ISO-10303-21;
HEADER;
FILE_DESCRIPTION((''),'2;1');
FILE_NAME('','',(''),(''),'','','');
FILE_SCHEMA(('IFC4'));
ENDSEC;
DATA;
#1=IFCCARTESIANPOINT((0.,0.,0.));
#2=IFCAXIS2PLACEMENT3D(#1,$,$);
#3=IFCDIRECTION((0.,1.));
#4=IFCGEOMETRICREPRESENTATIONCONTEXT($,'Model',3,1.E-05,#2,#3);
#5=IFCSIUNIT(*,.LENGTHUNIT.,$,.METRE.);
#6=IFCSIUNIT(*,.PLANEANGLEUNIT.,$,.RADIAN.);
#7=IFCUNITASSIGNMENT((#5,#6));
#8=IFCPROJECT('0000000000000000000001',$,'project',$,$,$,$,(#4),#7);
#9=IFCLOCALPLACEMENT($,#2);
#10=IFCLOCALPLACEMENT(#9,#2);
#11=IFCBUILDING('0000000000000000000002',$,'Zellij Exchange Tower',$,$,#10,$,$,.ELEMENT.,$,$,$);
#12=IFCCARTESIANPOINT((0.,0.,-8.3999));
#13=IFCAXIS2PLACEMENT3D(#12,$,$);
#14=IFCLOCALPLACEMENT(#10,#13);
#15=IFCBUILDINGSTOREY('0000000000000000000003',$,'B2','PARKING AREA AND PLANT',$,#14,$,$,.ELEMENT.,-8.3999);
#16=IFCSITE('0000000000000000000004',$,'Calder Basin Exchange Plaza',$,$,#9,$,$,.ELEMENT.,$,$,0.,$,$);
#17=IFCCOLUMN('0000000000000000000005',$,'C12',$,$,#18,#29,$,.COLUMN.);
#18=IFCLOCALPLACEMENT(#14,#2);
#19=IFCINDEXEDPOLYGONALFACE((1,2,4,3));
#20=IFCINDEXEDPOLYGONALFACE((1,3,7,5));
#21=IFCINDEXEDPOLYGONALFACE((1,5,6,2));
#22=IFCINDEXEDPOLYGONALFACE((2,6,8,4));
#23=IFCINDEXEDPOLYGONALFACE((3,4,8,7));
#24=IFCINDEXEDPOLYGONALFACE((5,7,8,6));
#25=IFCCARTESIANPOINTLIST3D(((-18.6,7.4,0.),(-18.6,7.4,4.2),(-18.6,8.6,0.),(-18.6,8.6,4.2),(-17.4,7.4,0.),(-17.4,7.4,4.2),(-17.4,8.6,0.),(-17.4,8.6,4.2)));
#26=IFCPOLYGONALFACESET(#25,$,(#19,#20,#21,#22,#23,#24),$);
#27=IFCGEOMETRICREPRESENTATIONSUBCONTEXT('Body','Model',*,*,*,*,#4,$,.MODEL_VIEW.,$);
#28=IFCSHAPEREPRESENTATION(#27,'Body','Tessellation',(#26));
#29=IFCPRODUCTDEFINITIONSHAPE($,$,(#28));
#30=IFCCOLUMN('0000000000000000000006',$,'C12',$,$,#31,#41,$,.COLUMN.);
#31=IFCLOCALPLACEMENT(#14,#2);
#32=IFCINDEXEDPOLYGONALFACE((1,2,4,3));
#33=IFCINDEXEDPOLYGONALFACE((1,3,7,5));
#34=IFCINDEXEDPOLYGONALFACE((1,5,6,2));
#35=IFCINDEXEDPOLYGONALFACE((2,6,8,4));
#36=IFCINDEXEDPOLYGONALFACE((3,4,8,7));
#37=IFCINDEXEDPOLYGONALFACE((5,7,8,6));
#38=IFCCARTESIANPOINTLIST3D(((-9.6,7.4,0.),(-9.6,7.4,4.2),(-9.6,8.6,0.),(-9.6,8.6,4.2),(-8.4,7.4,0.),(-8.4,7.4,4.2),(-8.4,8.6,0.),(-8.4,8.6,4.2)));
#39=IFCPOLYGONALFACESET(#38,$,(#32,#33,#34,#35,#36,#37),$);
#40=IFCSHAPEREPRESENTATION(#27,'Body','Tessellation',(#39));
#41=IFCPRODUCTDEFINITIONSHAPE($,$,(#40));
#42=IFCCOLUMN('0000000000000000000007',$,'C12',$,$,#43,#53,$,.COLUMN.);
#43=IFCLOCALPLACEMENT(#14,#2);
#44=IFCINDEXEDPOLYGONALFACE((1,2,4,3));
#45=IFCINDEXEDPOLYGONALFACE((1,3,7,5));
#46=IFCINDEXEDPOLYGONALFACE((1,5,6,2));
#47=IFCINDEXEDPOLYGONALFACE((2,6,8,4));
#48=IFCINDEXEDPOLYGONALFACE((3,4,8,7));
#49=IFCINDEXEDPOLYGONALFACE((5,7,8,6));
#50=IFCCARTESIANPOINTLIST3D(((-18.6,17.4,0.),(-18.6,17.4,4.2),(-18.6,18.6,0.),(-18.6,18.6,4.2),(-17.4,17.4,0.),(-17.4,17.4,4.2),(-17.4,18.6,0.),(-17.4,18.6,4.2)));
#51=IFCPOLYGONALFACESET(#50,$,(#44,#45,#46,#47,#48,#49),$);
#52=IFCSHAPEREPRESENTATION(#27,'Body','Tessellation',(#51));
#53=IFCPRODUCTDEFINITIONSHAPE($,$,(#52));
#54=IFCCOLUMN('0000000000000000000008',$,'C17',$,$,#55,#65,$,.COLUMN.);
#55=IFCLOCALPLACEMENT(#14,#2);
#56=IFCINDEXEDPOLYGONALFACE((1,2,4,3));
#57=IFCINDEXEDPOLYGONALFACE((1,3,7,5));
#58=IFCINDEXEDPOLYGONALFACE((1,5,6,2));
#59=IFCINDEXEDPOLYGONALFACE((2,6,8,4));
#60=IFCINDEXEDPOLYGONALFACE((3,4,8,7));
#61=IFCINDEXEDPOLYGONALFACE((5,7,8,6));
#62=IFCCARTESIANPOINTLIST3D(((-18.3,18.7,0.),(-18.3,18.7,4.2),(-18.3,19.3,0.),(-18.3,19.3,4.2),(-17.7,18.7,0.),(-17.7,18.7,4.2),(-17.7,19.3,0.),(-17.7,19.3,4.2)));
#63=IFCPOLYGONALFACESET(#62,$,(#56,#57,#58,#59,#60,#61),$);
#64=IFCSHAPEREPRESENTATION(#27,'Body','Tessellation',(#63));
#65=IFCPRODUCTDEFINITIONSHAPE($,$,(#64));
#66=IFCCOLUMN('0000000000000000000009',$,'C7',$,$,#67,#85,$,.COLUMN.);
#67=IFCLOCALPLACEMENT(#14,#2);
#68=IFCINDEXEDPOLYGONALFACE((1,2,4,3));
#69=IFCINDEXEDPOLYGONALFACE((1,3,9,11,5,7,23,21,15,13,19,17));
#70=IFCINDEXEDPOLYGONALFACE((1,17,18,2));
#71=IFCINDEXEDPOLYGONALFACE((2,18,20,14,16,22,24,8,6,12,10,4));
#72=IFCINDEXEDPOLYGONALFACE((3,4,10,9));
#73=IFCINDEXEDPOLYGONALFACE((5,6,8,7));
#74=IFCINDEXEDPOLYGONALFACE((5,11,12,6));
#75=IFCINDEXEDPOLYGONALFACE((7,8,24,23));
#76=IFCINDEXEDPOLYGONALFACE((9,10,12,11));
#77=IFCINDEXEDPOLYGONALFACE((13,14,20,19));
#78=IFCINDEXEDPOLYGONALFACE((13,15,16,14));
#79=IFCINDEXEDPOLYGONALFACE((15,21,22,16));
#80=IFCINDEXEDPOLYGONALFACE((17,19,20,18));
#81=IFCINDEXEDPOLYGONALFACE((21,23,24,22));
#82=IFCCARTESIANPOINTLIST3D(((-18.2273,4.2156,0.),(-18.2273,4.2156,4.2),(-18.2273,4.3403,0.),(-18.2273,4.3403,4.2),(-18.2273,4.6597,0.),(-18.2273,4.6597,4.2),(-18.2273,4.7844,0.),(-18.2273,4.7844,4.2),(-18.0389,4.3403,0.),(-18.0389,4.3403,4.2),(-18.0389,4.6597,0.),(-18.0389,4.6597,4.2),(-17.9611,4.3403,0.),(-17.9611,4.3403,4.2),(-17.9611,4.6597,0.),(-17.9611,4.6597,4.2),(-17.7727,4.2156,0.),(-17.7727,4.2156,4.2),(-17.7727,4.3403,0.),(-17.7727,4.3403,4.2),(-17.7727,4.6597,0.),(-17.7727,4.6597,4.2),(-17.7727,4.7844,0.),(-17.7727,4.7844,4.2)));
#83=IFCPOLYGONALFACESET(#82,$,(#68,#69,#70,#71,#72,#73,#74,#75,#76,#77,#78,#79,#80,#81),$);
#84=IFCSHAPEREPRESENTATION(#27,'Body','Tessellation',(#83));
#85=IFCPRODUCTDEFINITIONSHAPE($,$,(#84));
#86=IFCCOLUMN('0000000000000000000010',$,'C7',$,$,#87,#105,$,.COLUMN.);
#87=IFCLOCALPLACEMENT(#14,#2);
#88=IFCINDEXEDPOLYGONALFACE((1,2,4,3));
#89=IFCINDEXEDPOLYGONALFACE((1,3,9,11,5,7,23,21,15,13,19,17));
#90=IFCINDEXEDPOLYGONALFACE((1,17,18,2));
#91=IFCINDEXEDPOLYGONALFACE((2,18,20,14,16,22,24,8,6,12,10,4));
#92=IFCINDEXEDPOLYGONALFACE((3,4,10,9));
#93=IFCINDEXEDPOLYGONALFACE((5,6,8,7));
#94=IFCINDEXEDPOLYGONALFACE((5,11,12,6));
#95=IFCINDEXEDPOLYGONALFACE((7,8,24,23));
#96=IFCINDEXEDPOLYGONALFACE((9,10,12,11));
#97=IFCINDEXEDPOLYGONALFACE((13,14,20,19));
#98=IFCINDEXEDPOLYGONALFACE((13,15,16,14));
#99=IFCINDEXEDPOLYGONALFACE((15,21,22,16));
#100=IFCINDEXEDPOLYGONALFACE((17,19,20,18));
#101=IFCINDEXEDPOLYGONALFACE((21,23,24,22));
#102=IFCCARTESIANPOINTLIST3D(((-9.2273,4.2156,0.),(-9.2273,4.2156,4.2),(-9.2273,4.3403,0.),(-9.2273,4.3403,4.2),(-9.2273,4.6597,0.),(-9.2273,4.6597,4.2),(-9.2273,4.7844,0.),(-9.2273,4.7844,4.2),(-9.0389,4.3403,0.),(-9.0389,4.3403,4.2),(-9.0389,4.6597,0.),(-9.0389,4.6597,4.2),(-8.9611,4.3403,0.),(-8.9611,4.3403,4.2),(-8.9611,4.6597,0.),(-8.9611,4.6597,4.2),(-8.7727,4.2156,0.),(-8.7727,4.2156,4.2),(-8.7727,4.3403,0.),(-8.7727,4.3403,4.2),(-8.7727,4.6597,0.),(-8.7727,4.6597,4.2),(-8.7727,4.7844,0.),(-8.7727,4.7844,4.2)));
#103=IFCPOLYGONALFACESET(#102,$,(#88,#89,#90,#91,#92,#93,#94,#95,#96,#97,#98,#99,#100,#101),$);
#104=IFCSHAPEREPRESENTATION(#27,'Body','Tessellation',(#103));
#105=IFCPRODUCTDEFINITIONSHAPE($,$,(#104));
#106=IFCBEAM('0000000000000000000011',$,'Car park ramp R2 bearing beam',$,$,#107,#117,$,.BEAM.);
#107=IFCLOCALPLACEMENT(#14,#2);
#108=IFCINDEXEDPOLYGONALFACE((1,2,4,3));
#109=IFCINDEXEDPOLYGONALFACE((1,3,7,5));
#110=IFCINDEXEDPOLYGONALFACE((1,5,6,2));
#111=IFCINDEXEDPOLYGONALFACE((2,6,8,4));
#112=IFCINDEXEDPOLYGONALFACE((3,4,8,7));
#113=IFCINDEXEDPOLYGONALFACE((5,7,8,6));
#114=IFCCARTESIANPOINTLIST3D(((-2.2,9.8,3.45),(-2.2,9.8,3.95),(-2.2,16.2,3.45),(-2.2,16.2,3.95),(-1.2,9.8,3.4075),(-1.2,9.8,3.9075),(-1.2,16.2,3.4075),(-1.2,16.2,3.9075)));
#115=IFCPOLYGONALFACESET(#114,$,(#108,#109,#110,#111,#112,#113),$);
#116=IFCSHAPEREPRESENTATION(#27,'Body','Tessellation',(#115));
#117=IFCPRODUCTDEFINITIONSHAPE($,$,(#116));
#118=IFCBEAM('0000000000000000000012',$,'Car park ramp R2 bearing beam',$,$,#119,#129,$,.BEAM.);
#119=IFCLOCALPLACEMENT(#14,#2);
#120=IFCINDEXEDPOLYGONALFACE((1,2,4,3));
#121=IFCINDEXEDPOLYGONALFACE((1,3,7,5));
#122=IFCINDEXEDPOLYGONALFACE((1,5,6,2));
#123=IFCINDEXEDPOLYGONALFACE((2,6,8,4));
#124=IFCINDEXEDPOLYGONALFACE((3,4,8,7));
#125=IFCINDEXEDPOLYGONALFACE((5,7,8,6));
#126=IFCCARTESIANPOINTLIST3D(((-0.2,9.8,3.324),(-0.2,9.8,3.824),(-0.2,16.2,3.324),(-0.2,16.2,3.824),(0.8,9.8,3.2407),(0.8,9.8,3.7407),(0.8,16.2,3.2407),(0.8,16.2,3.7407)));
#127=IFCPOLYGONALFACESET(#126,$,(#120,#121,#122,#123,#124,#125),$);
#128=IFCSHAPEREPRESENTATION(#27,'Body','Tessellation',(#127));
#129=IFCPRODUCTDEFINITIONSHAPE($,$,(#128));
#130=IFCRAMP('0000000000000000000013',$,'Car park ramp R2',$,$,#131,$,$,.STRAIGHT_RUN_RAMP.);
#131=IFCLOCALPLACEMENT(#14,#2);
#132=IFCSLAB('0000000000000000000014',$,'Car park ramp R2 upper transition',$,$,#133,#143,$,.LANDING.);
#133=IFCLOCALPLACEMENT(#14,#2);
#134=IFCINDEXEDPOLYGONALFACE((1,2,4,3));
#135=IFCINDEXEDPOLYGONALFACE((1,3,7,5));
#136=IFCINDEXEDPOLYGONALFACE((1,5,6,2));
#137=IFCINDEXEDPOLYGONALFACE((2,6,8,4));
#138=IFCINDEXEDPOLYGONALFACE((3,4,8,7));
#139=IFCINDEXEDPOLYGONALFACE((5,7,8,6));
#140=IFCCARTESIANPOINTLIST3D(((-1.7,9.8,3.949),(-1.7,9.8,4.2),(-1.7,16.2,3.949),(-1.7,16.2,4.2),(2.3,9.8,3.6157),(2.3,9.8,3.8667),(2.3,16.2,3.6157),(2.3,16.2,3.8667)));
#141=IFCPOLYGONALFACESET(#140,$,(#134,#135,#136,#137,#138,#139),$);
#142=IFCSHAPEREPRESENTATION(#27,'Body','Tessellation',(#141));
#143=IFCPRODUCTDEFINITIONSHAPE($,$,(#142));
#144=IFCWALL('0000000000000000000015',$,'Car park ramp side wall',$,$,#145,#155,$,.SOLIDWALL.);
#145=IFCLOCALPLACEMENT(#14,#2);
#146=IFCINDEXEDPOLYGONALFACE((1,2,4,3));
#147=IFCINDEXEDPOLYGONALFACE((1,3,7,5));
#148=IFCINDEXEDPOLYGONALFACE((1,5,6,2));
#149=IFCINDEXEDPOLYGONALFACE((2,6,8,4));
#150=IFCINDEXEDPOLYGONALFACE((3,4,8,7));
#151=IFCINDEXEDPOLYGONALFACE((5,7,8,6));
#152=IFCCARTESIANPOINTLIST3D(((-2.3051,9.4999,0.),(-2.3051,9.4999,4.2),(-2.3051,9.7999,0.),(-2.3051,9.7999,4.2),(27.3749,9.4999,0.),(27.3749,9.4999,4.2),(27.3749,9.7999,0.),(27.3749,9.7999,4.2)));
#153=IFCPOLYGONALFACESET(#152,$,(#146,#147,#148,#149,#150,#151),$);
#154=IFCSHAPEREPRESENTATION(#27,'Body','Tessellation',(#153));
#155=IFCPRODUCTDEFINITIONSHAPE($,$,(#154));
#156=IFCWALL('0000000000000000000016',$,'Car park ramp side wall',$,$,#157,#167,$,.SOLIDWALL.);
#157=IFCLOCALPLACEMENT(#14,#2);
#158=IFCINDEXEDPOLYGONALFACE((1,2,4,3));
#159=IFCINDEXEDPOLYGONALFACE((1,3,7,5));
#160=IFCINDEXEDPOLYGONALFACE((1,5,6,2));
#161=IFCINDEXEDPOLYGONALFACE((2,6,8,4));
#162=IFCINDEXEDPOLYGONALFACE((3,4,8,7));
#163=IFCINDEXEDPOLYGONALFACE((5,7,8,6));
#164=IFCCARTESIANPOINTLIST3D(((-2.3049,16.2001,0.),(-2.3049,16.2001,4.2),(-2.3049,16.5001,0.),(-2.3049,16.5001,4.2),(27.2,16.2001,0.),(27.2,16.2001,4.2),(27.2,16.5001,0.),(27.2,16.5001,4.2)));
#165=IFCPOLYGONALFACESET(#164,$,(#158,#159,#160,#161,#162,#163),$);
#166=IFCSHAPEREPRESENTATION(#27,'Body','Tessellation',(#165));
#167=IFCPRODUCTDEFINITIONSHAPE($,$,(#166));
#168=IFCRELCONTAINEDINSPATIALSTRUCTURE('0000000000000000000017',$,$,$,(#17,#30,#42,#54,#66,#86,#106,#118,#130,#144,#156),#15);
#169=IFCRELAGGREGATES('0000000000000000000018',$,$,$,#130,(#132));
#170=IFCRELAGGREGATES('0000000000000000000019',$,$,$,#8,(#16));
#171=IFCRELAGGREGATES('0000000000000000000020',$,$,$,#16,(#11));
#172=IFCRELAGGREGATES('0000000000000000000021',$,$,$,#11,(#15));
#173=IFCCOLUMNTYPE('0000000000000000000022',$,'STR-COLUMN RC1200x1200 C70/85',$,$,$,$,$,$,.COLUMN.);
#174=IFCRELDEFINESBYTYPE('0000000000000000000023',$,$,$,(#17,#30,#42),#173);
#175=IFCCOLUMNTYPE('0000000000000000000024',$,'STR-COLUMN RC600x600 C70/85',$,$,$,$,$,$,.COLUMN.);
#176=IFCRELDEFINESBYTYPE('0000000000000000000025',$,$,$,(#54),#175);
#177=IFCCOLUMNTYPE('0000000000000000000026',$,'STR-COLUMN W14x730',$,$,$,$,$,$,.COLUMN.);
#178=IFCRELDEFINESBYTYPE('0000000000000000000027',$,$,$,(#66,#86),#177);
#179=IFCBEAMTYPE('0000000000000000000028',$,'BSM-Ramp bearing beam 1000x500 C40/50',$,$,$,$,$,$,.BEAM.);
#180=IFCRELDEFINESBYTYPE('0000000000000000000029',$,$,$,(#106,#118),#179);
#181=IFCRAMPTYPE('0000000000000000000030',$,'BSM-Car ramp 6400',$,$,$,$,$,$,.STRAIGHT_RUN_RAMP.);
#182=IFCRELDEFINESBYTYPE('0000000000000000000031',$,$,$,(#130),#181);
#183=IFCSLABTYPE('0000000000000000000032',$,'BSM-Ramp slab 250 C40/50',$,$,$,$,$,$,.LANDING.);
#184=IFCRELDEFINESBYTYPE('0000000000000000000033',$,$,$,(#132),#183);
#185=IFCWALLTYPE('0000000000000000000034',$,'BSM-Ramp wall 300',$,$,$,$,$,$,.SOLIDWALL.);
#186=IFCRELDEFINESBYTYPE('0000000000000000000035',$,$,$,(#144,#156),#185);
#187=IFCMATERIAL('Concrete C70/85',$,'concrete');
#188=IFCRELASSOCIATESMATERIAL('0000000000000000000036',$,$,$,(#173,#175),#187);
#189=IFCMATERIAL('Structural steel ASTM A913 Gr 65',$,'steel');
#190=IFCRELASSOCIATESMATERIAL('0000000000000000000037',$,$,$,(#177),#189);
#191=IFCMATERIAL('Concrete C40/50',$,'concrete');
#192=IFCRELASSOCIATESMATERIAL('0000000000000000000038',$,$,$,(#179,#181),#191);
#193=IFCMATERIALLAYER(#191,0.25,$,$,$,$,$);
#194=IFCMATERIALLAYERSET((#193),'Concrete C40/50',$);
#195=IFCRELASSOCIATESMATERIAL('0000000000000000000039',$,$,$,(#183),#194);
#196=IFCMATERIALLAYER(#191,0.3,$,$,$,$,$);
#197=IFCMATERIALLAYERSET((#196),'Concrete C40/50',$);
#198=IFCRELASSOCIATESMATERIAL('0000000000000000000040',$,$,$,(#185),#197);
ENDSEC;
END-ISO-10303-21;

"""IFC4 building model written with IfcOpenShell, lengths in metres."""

from ifc_helpers import new_model, si_unit, direction, frame, frame_2d, origin, origin_2d, place, context, subcontext, project, spatial, polyline, rectangle, i_section, outline, extrude, material, layer, layer_set, material_profile, profile_set, type_object, element, aggregate, save


model = new_model("IFC4")

# Units and contexts
model_context = context("Model", 3, precision=1e-05, world=origin(), true_north=direction((0.0, 1.0)))
body_context = subcontext(model_context, "Body", "Model", "MODEL_VIEW")
ifc_project = project(units=[si_unit("LENGTHUNIT", "METRE"), si_unit("PLANEANGLEUNIT", "RADIAN")], contexts=[model_context])

# Site, building, storey
site_placement = place(None, origin())
site = spatial("IfcSite", under=ifc_project, at=site_placement, Name="Calder Basin Exchange Plaza", CompositionType="ELEMENT", RefElevation=0.0)
building_placement = place(site_placement, origin())
building = spatial("IfcBuilding", under=site, at=building_placement, Name="Zellij Exchange Tower", CompositionType="ELEMENT")
storey_placement = place(building_placement, frame((0.0, 0.0, -8.3999)))
storey = spatial("IfcBuildingStorey", under=building, at=storey_placement, Name="B2", Description="PARKING AREA AND PLANT", CompositionType="ELEMENT", Elevation=-8.3999)

# Columns
ifc_material_1 = material(Name="Concrete C70/85", Category="concrete")
ifc_material_profile_1 = material_profile(ifc_material_1, rectangle(XDim=1.2, YDim=1.2, at=origin_2d()), Name="STR-COLUMN RC1200x1200 C70/85")
ifc_profile_set_1 = profile_set([ifc_material_profile_1], Name="Concrete C70/85")
column_type_1 = type_object("IfcColumnType", Name="STR-COLUMN RC1200x1200 C70/85", PredefinedType="COLUMN", material=ifc_profile_set_1)
for number, where, z_axis, x_axis, name in (
    (1, (-18.0, 8.0, 0.0), (0.0, 0.0, 1.0), (1.0, 0.0, 0.0), "C12"),
    (2, (-9.0, 8.0, 0.0), (0.0, 0.0, 1.0), (1.0, 0.0, 0.0), "C12"),
    (3, (-18.0, 18.0, 0.0), (0.0, 0.0, 1.0), (1.0, 0.0, 0.0), "C12"),
):
    element("IfcColumn", number, at=place(storey_placement, frame(where, z_axis=z_axis, x_axis=x_axis)), inside=storey, type_object=column_type_1, Name=name, PredefinedType="COLUMN", context=body_context, shape_type="SweptSolid", body=[
        extrude(rectangle(XDim=1.2, YDim=1.2, at=origin_2d()), origin(), (0.0, 0.0, 1.0), 4.2),
    ])
ifc_material_profile_2 = material_profile(ifc_material_1, rectangle(XDim=0.6001, YDim=0.6001, at=origin_2d()), Name="STR-COLUMN RC600x600 C70/85")
ifc_profile_set_2 = profile_set([ifc_material_profile_2], Name="Concrete C70/85")
column_type_2 = type_object("IfcColumnType", Name="STR-COLUMN RC600x600 C70/85", PredefinedType="COLUMN", material=ifc_profile_set_2)
column_placement = place(storey_placement, frame((-18.0, 19.0, 0.0), z_axis=(0.0, 0.0, 1.0), x_axis=(1.0, 0.0, 0.0)))
element("IfcColumn", 4, at=column_placement, inside=storey, type_object=column_type_2, Name="C17", PredefinedType="COLUMN", context=body_context, shape_type="SweptSolid", body=[
    extrude(rectangle(XDim=0.6001, YDim=0.6001, at=origin_2d()), origin(), (0.0, 0.0, 1.0), 4.2),
])
ifc_material_2 = material(Name="Structural steel ASTM A913 Gr 65", Category="steel")
ifc_material_profile_3 = material_profile(ifc_material_2, i_section(OverallWidth=0.4546, OverallDepth=0.5688, WebThickness=0.0779, FlangeThickness=0.1248, at=origin_2d()), Name="W14x730")
ifc_profile_set_3 = profile_set([ifc_material_profile_3], Name="Structural steel ASTM A913 Gr 65")
column_type_3 = type_object("IfcColumnType", Name="STR-COLUMN W14x730", PredefinedType="COLUMN", material=ifc_profile_set_3)
for number, where, z_axis, x_axis, name in (
    (5, (-18.0, 4.5, 0.0), (0.0, 0.0, 1.0), (1.0, 0.0, 0.0), "C7"),
    (6, (-9.0, 4.5, 0.0), (0.0, 0.0, 1.0), (1.0, 0.0, 0.0), "C7"),
):
    element("IfcColumn", number, at=place(storey_placement, frame(where, z_axis=z_axis, x_axis=x_axis)), inside=storey, type_object=column_type_3, Name=name, PredefinedType="COLUMN", context=body_context, shape_type="SweptSolid", body=[
        extrude(i_section(OverallWidth=0.4546, OverallDepth=0.5688, WebThickness=0.0779, FlangeThickness=0.1248, at=origin_2d()), origin(), (0.0, 0.0, 1.0), 4.2),
    ])

# Beams
ifc_material_3 = material(Name="Concrete C40/50", Category="concrete")
beam_type = type_object("IfcBeamType", Name="BSM-Ramp bearing beam 1000x500 C40/50", PredefinedType="BEAM", material=ifc_material_3)
beam_1_placement = place(storey_placement, frame((-2.2, 9.8, 3.95), z_axis=(0.042442, 0.0, 0.999099), x_axis=(0.999099, 0.0, -0.042442)))
element("IfcBeam", 7, at=beam_1_placement, inside=storey, type_object=beam_type, Name="Car park ramp R2 bearing beam", PredefinedType="BEAM", context=body_context, shape_type="SweptSolid", body=[
    extrude(outline(polyline([(0.0, 0.0), (1.0009, 0.0), (1.0009, 6.3999), (0.0, 6.3999), (0.0, 0.0)])), origin(), (0.042442, 0.0, -0.999099), 0.5),
])
beam_2_placement = place(storey_placement, frame((-0.2, 9.8, 3.824), z_axis=(0.082965, 0.0, 0.996552), x_axis=(0.996552, 0.0, -0.082965)))
element("IfcBeam", 8, at=beam_2_placement, inside=storey, type_object=beam_type, Name="Car park ramp R2 bearing beam", PredefinedType="BEAM", context=body_context, shape_type="SweptSolid", body=[
    extrude(outline(polyline([(0.0, 0.0), (1.0035, 0.0), (1.0035, 6.3999), (0.0, 6.3999), (0.0, 0.0)])), origin(), (0.082965, 0.0, -0.996552), 0.5),
])

# Ramp, slab
ramp_type = type_object("IfcRampType", Name="BSM-Car ramp 6400", PredefinedType="STRAIGHT_RUN_RAMP", material=ifc_material_3)
ramp_placement = place(storey_placement, origin())
ramp = element("IfcRamp", 9, at=ramp_placement, inside=storey, type_object=ramp_type, Name="Car park ramp R2", PredefinedType="STRAIGHT_RUN_RAMP")
ifc_layer_1 = layer(ifc_material_3, 0.25)
ifc_layer_set_1 = layer_set([ifc_layer_1], Name="Concrete C40/50")
slab_type = type_object("IfcSlabType", Name="BSM-Ramp slab 250 C40/50", PredefinedType="LANDING", material=ifc_layer_set_1)
slab_placement = place(storey_placement, frame((-1.7, 9.8, 4.2), z_axis=(0.083025, 0.0, 0.996547), x_axis=(0.996547, 0.0, -0.083025)))
slab = element("IfcSlab", 10, at=slab_placement, type_object=slab_type, Name="Car park ramp R2 upper transition", PredefinedType="LANDING", context=body_context, shape_type="SweptSolid", body=[
    extrude(outline(polyline([(0.0, 0.0), (4.0139, 0.0), (4.0139, 6.3999), (0.0, 6.3999), (0.0, 0.0)])), origin(), (0.083025, 0.0, -0.996547), 0.251),
])

# Walls
ifc_layer_2 = layer(ifc_material_3, 0.3)
ifc_layer_set_2 = layer_set([ifc_layer_2], Name="Concrete C40/50")
wall_type_1 = type_object("IfcWallType", Name="BSM-Ramp wall 300", PredefinedType="SOLIDWALL", material=ifc_layer_set_2)
wall_1_placement = place(storey_placement, frame((-2.3049, 9.6499, 0.0), z_axis=(0.0, 0.0, 1.0), x_axis=(1.0, 0.0, 0.0)))
element("IfcWall", 11, at=wall_1_placement, inside=storey, type_object=wall_type_1, Name="Car park ramp side wall", PredefinedType="SOLIDWALL", context=body_context, shape_type="SweptSolid", body=[
    extrude(rectangle(XDim=29.6799, YDim=0.3, at=frame_2d((14.8398, 0.0))), origin(), (0.0, 0.0, 1.0), 4.2),
])
wall_2_placement = place(storey_placement, frame((-2.3049, 16.3501, 0.0), z_axis=(0.0, 0.0, 1.0), x_axis=(1.0, 0.0, 0.0)))
element("IfcWall", 12, at=wall_2_placement, inside=storey, type_object=wall_type_1, Name="Car park ramp side wall", PredefinedType="SOLIDWALL", context=body_context, shape_type="SweptSolid", body=[
    extrude(rectangle(XDim=29.5049, YDim=0.3, at=frame_2d((14.7524, 0.0))), origin(), (0.0, 0.0, 1.0), 4.2),
])

aggregate(ramp, [slab])

save(model, "model.ifc")
